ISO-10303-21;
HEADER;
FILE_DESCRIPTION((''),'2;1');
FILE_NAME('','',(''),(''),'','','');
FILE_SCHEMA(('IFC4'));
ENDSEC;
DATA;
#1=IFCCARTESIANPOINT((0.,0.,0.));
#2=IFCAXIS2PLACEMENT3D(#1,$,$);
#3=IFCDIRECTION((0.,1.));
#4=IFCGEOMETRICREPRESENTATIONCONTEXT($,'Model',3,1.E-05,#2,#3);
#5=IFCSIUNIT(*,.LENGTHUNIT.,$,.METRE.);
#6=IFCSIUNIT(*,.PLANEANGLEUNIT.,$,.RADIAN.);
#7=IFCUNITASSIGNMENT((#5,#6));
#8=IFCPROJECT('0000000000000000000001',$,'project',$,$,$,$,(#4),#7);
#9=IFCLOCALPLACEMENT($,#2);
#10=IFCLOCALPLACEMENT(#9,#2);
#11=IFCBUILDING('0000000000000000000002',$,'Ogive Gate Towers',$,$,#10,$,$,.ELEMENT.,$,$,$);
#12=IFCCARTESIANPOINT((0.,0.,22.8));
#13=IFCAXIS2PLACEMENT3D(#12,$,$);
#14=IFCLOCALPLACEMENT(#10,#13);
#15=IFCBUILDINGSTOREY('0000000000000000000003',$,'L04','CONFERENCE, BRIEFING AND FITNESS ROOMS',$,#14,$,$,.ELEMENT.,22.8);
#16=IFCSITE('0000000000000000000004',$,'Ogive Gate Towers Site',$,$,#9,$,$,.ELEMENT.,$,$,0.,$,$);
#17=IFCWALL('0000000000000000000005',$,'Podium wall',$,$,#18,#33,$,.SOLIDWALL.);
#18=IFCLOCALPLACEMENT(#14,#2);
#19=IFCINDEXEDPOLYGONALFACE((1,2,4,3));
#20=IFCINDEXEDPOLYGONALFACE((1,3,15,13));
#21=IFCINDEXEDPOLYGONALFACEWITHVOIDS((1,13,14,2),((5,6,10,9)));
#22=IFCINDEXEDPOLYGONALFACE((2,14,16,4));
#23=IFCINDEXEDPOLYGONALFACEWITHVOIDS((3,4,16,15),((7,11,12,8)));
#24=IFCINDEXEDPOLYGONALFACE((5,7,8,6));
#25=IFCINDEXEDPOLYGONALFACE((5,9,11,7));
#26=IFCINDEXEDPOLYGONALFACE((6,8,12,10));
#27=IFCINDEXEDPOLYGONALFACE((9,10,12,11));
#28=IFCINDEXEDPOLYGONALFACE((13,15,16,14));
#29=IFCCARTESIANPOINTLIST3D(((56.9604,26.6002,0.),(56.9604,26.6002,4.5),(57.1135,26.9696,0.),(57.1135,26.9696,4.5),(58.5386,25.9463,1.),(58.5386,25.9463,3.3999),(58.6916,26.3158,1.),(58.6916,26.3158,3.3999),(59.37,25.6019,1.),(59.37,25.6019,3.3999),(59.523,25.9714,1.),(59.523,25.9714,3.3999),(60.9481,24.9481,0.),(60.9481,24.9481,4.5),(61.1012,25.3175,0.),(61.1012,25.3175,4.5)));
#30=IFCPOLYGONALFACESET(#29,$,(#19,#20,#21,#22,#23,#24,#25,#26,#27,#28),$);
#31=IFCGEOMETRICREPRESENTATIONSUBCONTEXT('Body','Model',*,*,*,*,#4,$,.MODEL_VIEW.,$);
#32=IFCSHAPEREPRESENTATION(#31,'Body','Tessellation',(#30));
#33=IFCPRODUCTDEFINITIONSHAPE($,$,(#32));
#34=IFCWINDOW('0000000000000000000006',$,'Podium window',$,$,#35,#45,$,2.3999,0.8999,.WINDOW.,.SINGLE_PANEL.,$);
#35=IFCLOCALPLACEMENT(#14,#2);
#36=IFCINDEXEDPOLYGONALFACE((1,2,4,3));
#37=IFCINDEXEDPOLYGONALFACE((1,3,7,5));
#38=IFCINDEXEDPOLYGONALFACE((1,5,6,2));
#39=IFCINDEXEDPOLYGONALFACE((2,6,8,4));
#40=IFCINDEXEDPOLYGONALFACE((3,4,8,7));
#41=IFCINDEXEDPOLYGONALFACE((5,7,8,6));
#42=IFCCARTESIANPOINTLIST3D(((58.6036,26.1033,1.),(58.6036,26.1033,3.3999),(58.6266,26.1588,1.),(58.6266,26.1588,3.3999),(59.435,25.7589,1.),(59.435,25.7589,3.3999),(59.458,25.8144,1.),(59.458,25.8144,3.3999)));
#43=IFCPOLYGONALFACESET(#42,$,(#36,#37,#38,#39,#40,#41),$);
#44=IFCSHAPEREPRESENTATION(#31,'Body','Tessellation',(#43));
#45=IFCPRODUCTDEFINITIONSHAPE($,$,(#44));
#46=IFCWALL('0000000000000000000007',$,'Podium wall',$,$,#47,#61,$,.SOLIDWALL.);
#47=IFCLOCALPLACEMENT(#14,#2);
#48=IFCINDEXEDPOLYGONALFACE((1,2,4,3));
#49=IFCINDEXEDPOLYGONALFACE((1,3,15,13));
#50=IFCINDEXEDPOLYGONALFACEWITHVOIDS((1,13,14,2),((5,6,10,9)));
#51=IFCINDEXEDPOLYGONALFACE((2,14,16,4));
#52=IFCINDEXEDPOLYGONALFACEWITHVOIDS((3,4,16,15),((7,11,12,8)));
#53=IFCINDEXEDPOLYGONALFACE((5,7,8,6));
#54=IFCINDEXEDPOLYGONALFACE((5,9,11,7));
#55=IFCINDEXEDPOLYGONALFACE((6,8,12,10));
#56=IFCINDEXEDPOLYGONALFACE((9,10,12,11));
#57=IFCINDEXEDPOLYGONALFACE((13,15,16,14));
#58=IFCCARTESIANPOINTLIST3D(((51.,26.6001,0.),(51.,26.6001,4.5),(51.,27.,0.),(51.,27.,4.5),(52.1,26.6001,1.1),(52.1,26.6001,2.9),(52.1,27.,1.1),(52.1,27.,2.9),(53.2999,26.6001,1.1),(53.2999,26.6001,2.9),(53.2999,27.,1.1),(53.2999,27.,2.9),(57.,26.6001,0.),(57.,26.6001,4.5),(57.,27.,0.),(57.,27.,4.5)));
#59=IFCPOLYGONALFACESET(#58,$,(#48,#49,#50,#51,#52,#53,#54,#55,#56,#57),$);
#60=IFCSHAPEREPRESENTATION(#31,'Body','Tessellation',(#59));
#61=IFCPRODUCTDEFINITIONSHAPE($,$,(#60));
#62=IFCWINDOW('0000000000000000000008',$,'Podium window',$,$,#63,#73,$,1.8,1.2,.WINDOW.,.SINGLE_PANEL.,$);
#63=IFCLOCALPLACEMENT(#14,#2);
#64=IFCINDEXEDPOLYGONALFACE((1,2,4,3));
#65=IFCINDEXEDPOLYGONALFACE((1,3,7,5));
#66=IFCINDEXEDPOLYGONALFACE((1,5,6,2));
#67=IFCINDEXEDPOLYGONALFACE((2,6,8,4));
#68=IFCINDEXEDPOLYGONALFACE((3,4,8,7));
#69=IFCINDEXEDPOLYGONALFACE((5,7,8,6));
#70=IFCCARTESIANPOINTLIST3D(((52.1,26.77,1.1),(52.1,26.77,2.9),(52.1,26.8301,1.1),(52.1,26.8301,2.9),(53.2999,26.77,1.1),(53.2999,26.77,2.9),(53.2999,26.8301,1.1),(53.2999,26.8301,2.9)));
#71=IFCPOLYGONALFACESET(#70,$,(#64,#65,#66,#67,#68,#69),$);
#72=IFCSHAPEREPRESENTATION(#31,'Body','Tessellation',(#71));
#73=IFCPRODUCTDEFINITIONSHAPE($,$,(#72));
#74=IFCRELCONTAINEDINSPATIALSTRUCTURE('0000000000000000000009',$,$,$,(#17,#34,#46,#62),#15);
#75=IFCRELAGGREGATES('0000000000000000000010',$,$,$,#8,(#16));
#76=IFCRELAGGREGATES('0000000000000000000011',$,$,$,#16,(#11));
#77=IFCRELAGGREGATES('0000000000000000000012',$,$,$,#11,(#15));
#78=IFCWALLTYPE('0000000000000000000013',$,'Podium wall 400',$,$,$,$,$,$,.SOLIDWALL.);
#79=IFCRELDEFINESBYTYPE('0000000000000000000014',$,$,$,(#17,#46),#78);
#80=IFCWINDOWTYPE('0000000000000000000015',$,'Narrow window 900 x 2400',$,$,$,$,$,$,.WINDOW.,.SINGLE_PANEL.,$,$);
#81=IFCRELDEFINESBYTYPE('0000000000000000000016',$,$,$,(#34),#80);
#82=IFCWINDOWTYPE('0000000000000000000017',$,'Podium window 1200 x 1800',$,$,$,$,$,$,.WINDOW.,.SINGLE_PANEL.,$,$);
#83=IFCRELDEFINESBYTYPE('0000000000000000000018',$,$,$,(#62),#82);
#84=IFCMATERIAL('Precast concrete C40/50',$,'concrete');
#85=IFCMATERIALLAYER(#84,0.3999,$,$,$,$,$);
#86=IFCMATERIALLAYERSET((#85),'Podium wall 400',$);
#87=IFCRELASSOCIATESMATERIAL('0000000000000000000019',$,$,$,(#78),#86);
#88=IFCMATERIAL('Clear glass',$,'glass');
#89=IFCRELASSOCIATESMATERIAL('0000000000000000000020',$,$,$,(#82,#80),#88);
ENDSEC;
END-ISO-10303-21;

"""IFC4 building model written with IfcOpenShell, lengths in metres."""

from ifc_helpers import new_model, si_unit, direction, frame, frame_2d, origin, place, context, subcontext, project, spatial, rectangle, extrude, material, layer, layer_set, type_object, element, fill, save


model = new_model("IFC4")

# Units and contexts
model_context = context("Model", 3, precision=1e-05, world=origin(), true_north=direction((0.0, 1.0)))
body_context = subcontext(model_context, "Body", "Model", "MODEL_VIEW")
ifc_project = project(units=[si_unit("LENGTHUNIT", "METRE"), si_unit("PLANEANGLEUNIT", "RADIAN")], contexts=[model_context])

# Site, building, storey
site_placement = place(None, origin())
site = spatial("IfcSite", under=ifc_project, at=site_placement, Name="Ogive Gate Towers Site", CompositionType="ELEMENT", RefElevation=0.0)
building_placement = place(site_placement, origin())
building = spatial("IfcBuilding", under=site, at=building_placement, Name="Ogive Gate Towers", CompositionType="ELEMENT")
storey_placement = place(building_placement, frame((0.0, 0.0, 22.8)))
storey = spatial("IfcBuildingStorey", under=building, at=storey_placement, Name="L04", Description="CONFERENCE, BRIEFING AND FITNESS ROOMS", CompositionType="ELEMENT", Elevation=22.8)

# Walls, openings, windows
ifc_material_1 = material(Name="Precast concrete C40/50", Category="concrete")
ifc_layer = layer(ifc_material_1, 0.3999)
ifc_layer_set = layer_set([ifc_layer], Name="Podium wall 400")
wall_type = type_object("IfcWallType", Name="Podium wall 400", PredefinedType="SOLIDWALL", material=ifc_layer_set)
ifc_material_2 = material(Name="Clear glass", Category="glass")
window_type_1 = type_object("IfcWindowType", Name="Podium window 1200 x 1800", PartitioningType="SINGLE_PANEL", PredefinedType="WINDOW", material=ifc_material_2)
window_type_2 = type_object("IfcWindowType", Name="Narrow window 900 x 2400", PartitioningType="SINGLE_PANEL", PredefinedType="WINDOW", material=ifc_material_2)
wall_1_placement = place(storey_placement, frame((61.0247, 25.1328, 0.0), z_axis=(0.0, 0.0, 1.0), x_axis=(-0.923855, 0.382743, 0.0)))
wall_1 = element("IfcWall", 1, at=wall_1_placement, inside=storey, type_object=wall_type, Name="Podium wall", PredefinedType="SOLIDWALL", context=body_context, shape_type="SweptSolid", body=[
    extrude(rectangle(XDim=4.3164, YDim=0.3999, at=frame_2d((2.1582, 0.0))), origin(), (0.0, 0.0, 1.0), 4.5),
])
opening_1_placement = place(wall_1_placement, frame((1.7083, 0.0, 1.0)))
opening_1 = element("IfcOpeningElement", 2, at=opening_1_placement, cuts=wall_1, PredefinedType="OPENING", context=body_context, shape_type="SweptSolid", body=[
    extrude(rectangle(XDim=0.8999, YDim=2.3999, at=frame_2d((0.45, 1.2))), frame((0.0, 0.21, 0.0), z_axis=(0.0, -1.0, 0.0), x_axis=(1.0, 0.0, 0.0)), (0.0, 0.0, 1.0), 0.4199),
])
window_1_placement = place(opening_1_placement, origin())
window_1 = element("IfcWindow", 3, at=window_1_placement, inside=storey, type_object=window_type_2, Name="Podium window", OverallHeight=2.3999, OverallWidth=0.8999, PartitioningType="SINGLE_PANEL", PredefinedType="WINDOW", context=body_context, shape_type="SweptSolid", body=[
    extrude(rectangle(XDim=0.8999, YDim=2.3999, at=frame_2d((0.45, 1.2))), frame((0.0, 0.03, 0.0), z_axis=(0.0, -1.0, 0.0), x_axis=(1.0, 0.0, 0.0)), (0.0, 0.0, 1.0), 0.0601),
])
fill(opening_1, window_1)
wall_2_placement = place(storey_placement, frame((57.0, 26.8, 0.0), z_axis=(0.0, 0.0, 1.0), x_axis=(-1.0, 0.0, 0.0)))
wall_2 = element("IfcWall", 4, at=wall_2_placement, inside=storey, type_object=wall_type, Name="Podium wall", PredefinedType="SOLIDWALL", context=body_context, shape_type="SweptSolid", body=[
    extrude(rectangle(XDim=6.0, YDim=0.3999, at=frame_2d((3.0, 0.0))), origin(), (0.0, 0.0, 1.0), 4.5),
])
opening_2_placement = place(wall_2_placement, frame((3.7, 0.0, 1.1001)))
opening_2 = element("IfcOpeningElement", 5, at=opening_2_placement, cuts=wall_2, PredefinedType="OPENING", context=body_context, shape_type="SweptSolid", body=[
    extrude(rectangle(XDim=1.2, YDim=1.8, at=frame_2d((0.6001, 0.8999))), frame((0.0, 0.21, 0.0), z_axis=(0.0, -1.0, 0.0), x_axis=(1.0, 0.0, 0.0)), (0.0, 0.0, 1.0), 0.4199),
])
window_2_placement = place(opening_2_placement, origin())
window_2 = element("IfcWindow", 6, at=window_2_placement, inside=storey, type_object=window_type_1, Name="Podium window", OverallHeight=1.8, OverallWidth=1.2, PartitioningType="SINGLE_PANEL", PredefinedType="WINDOW", context=body_context, shape_type="SweptSolid", body=[
    extrude(rectangle(XDim=1.2, YDim=1.8, at=frame_2d((0.6001, 0.8999))), frame((0.0, 0.03, 0.0), z_axis=(0.0, -1.0, 0.0), x_axis=(1.0, 0.0, 0.0)), (0.0, 0.0, 1.0), 0.0601),
])
fill(opening_2, window_2)

save(model, "model.ifc")
